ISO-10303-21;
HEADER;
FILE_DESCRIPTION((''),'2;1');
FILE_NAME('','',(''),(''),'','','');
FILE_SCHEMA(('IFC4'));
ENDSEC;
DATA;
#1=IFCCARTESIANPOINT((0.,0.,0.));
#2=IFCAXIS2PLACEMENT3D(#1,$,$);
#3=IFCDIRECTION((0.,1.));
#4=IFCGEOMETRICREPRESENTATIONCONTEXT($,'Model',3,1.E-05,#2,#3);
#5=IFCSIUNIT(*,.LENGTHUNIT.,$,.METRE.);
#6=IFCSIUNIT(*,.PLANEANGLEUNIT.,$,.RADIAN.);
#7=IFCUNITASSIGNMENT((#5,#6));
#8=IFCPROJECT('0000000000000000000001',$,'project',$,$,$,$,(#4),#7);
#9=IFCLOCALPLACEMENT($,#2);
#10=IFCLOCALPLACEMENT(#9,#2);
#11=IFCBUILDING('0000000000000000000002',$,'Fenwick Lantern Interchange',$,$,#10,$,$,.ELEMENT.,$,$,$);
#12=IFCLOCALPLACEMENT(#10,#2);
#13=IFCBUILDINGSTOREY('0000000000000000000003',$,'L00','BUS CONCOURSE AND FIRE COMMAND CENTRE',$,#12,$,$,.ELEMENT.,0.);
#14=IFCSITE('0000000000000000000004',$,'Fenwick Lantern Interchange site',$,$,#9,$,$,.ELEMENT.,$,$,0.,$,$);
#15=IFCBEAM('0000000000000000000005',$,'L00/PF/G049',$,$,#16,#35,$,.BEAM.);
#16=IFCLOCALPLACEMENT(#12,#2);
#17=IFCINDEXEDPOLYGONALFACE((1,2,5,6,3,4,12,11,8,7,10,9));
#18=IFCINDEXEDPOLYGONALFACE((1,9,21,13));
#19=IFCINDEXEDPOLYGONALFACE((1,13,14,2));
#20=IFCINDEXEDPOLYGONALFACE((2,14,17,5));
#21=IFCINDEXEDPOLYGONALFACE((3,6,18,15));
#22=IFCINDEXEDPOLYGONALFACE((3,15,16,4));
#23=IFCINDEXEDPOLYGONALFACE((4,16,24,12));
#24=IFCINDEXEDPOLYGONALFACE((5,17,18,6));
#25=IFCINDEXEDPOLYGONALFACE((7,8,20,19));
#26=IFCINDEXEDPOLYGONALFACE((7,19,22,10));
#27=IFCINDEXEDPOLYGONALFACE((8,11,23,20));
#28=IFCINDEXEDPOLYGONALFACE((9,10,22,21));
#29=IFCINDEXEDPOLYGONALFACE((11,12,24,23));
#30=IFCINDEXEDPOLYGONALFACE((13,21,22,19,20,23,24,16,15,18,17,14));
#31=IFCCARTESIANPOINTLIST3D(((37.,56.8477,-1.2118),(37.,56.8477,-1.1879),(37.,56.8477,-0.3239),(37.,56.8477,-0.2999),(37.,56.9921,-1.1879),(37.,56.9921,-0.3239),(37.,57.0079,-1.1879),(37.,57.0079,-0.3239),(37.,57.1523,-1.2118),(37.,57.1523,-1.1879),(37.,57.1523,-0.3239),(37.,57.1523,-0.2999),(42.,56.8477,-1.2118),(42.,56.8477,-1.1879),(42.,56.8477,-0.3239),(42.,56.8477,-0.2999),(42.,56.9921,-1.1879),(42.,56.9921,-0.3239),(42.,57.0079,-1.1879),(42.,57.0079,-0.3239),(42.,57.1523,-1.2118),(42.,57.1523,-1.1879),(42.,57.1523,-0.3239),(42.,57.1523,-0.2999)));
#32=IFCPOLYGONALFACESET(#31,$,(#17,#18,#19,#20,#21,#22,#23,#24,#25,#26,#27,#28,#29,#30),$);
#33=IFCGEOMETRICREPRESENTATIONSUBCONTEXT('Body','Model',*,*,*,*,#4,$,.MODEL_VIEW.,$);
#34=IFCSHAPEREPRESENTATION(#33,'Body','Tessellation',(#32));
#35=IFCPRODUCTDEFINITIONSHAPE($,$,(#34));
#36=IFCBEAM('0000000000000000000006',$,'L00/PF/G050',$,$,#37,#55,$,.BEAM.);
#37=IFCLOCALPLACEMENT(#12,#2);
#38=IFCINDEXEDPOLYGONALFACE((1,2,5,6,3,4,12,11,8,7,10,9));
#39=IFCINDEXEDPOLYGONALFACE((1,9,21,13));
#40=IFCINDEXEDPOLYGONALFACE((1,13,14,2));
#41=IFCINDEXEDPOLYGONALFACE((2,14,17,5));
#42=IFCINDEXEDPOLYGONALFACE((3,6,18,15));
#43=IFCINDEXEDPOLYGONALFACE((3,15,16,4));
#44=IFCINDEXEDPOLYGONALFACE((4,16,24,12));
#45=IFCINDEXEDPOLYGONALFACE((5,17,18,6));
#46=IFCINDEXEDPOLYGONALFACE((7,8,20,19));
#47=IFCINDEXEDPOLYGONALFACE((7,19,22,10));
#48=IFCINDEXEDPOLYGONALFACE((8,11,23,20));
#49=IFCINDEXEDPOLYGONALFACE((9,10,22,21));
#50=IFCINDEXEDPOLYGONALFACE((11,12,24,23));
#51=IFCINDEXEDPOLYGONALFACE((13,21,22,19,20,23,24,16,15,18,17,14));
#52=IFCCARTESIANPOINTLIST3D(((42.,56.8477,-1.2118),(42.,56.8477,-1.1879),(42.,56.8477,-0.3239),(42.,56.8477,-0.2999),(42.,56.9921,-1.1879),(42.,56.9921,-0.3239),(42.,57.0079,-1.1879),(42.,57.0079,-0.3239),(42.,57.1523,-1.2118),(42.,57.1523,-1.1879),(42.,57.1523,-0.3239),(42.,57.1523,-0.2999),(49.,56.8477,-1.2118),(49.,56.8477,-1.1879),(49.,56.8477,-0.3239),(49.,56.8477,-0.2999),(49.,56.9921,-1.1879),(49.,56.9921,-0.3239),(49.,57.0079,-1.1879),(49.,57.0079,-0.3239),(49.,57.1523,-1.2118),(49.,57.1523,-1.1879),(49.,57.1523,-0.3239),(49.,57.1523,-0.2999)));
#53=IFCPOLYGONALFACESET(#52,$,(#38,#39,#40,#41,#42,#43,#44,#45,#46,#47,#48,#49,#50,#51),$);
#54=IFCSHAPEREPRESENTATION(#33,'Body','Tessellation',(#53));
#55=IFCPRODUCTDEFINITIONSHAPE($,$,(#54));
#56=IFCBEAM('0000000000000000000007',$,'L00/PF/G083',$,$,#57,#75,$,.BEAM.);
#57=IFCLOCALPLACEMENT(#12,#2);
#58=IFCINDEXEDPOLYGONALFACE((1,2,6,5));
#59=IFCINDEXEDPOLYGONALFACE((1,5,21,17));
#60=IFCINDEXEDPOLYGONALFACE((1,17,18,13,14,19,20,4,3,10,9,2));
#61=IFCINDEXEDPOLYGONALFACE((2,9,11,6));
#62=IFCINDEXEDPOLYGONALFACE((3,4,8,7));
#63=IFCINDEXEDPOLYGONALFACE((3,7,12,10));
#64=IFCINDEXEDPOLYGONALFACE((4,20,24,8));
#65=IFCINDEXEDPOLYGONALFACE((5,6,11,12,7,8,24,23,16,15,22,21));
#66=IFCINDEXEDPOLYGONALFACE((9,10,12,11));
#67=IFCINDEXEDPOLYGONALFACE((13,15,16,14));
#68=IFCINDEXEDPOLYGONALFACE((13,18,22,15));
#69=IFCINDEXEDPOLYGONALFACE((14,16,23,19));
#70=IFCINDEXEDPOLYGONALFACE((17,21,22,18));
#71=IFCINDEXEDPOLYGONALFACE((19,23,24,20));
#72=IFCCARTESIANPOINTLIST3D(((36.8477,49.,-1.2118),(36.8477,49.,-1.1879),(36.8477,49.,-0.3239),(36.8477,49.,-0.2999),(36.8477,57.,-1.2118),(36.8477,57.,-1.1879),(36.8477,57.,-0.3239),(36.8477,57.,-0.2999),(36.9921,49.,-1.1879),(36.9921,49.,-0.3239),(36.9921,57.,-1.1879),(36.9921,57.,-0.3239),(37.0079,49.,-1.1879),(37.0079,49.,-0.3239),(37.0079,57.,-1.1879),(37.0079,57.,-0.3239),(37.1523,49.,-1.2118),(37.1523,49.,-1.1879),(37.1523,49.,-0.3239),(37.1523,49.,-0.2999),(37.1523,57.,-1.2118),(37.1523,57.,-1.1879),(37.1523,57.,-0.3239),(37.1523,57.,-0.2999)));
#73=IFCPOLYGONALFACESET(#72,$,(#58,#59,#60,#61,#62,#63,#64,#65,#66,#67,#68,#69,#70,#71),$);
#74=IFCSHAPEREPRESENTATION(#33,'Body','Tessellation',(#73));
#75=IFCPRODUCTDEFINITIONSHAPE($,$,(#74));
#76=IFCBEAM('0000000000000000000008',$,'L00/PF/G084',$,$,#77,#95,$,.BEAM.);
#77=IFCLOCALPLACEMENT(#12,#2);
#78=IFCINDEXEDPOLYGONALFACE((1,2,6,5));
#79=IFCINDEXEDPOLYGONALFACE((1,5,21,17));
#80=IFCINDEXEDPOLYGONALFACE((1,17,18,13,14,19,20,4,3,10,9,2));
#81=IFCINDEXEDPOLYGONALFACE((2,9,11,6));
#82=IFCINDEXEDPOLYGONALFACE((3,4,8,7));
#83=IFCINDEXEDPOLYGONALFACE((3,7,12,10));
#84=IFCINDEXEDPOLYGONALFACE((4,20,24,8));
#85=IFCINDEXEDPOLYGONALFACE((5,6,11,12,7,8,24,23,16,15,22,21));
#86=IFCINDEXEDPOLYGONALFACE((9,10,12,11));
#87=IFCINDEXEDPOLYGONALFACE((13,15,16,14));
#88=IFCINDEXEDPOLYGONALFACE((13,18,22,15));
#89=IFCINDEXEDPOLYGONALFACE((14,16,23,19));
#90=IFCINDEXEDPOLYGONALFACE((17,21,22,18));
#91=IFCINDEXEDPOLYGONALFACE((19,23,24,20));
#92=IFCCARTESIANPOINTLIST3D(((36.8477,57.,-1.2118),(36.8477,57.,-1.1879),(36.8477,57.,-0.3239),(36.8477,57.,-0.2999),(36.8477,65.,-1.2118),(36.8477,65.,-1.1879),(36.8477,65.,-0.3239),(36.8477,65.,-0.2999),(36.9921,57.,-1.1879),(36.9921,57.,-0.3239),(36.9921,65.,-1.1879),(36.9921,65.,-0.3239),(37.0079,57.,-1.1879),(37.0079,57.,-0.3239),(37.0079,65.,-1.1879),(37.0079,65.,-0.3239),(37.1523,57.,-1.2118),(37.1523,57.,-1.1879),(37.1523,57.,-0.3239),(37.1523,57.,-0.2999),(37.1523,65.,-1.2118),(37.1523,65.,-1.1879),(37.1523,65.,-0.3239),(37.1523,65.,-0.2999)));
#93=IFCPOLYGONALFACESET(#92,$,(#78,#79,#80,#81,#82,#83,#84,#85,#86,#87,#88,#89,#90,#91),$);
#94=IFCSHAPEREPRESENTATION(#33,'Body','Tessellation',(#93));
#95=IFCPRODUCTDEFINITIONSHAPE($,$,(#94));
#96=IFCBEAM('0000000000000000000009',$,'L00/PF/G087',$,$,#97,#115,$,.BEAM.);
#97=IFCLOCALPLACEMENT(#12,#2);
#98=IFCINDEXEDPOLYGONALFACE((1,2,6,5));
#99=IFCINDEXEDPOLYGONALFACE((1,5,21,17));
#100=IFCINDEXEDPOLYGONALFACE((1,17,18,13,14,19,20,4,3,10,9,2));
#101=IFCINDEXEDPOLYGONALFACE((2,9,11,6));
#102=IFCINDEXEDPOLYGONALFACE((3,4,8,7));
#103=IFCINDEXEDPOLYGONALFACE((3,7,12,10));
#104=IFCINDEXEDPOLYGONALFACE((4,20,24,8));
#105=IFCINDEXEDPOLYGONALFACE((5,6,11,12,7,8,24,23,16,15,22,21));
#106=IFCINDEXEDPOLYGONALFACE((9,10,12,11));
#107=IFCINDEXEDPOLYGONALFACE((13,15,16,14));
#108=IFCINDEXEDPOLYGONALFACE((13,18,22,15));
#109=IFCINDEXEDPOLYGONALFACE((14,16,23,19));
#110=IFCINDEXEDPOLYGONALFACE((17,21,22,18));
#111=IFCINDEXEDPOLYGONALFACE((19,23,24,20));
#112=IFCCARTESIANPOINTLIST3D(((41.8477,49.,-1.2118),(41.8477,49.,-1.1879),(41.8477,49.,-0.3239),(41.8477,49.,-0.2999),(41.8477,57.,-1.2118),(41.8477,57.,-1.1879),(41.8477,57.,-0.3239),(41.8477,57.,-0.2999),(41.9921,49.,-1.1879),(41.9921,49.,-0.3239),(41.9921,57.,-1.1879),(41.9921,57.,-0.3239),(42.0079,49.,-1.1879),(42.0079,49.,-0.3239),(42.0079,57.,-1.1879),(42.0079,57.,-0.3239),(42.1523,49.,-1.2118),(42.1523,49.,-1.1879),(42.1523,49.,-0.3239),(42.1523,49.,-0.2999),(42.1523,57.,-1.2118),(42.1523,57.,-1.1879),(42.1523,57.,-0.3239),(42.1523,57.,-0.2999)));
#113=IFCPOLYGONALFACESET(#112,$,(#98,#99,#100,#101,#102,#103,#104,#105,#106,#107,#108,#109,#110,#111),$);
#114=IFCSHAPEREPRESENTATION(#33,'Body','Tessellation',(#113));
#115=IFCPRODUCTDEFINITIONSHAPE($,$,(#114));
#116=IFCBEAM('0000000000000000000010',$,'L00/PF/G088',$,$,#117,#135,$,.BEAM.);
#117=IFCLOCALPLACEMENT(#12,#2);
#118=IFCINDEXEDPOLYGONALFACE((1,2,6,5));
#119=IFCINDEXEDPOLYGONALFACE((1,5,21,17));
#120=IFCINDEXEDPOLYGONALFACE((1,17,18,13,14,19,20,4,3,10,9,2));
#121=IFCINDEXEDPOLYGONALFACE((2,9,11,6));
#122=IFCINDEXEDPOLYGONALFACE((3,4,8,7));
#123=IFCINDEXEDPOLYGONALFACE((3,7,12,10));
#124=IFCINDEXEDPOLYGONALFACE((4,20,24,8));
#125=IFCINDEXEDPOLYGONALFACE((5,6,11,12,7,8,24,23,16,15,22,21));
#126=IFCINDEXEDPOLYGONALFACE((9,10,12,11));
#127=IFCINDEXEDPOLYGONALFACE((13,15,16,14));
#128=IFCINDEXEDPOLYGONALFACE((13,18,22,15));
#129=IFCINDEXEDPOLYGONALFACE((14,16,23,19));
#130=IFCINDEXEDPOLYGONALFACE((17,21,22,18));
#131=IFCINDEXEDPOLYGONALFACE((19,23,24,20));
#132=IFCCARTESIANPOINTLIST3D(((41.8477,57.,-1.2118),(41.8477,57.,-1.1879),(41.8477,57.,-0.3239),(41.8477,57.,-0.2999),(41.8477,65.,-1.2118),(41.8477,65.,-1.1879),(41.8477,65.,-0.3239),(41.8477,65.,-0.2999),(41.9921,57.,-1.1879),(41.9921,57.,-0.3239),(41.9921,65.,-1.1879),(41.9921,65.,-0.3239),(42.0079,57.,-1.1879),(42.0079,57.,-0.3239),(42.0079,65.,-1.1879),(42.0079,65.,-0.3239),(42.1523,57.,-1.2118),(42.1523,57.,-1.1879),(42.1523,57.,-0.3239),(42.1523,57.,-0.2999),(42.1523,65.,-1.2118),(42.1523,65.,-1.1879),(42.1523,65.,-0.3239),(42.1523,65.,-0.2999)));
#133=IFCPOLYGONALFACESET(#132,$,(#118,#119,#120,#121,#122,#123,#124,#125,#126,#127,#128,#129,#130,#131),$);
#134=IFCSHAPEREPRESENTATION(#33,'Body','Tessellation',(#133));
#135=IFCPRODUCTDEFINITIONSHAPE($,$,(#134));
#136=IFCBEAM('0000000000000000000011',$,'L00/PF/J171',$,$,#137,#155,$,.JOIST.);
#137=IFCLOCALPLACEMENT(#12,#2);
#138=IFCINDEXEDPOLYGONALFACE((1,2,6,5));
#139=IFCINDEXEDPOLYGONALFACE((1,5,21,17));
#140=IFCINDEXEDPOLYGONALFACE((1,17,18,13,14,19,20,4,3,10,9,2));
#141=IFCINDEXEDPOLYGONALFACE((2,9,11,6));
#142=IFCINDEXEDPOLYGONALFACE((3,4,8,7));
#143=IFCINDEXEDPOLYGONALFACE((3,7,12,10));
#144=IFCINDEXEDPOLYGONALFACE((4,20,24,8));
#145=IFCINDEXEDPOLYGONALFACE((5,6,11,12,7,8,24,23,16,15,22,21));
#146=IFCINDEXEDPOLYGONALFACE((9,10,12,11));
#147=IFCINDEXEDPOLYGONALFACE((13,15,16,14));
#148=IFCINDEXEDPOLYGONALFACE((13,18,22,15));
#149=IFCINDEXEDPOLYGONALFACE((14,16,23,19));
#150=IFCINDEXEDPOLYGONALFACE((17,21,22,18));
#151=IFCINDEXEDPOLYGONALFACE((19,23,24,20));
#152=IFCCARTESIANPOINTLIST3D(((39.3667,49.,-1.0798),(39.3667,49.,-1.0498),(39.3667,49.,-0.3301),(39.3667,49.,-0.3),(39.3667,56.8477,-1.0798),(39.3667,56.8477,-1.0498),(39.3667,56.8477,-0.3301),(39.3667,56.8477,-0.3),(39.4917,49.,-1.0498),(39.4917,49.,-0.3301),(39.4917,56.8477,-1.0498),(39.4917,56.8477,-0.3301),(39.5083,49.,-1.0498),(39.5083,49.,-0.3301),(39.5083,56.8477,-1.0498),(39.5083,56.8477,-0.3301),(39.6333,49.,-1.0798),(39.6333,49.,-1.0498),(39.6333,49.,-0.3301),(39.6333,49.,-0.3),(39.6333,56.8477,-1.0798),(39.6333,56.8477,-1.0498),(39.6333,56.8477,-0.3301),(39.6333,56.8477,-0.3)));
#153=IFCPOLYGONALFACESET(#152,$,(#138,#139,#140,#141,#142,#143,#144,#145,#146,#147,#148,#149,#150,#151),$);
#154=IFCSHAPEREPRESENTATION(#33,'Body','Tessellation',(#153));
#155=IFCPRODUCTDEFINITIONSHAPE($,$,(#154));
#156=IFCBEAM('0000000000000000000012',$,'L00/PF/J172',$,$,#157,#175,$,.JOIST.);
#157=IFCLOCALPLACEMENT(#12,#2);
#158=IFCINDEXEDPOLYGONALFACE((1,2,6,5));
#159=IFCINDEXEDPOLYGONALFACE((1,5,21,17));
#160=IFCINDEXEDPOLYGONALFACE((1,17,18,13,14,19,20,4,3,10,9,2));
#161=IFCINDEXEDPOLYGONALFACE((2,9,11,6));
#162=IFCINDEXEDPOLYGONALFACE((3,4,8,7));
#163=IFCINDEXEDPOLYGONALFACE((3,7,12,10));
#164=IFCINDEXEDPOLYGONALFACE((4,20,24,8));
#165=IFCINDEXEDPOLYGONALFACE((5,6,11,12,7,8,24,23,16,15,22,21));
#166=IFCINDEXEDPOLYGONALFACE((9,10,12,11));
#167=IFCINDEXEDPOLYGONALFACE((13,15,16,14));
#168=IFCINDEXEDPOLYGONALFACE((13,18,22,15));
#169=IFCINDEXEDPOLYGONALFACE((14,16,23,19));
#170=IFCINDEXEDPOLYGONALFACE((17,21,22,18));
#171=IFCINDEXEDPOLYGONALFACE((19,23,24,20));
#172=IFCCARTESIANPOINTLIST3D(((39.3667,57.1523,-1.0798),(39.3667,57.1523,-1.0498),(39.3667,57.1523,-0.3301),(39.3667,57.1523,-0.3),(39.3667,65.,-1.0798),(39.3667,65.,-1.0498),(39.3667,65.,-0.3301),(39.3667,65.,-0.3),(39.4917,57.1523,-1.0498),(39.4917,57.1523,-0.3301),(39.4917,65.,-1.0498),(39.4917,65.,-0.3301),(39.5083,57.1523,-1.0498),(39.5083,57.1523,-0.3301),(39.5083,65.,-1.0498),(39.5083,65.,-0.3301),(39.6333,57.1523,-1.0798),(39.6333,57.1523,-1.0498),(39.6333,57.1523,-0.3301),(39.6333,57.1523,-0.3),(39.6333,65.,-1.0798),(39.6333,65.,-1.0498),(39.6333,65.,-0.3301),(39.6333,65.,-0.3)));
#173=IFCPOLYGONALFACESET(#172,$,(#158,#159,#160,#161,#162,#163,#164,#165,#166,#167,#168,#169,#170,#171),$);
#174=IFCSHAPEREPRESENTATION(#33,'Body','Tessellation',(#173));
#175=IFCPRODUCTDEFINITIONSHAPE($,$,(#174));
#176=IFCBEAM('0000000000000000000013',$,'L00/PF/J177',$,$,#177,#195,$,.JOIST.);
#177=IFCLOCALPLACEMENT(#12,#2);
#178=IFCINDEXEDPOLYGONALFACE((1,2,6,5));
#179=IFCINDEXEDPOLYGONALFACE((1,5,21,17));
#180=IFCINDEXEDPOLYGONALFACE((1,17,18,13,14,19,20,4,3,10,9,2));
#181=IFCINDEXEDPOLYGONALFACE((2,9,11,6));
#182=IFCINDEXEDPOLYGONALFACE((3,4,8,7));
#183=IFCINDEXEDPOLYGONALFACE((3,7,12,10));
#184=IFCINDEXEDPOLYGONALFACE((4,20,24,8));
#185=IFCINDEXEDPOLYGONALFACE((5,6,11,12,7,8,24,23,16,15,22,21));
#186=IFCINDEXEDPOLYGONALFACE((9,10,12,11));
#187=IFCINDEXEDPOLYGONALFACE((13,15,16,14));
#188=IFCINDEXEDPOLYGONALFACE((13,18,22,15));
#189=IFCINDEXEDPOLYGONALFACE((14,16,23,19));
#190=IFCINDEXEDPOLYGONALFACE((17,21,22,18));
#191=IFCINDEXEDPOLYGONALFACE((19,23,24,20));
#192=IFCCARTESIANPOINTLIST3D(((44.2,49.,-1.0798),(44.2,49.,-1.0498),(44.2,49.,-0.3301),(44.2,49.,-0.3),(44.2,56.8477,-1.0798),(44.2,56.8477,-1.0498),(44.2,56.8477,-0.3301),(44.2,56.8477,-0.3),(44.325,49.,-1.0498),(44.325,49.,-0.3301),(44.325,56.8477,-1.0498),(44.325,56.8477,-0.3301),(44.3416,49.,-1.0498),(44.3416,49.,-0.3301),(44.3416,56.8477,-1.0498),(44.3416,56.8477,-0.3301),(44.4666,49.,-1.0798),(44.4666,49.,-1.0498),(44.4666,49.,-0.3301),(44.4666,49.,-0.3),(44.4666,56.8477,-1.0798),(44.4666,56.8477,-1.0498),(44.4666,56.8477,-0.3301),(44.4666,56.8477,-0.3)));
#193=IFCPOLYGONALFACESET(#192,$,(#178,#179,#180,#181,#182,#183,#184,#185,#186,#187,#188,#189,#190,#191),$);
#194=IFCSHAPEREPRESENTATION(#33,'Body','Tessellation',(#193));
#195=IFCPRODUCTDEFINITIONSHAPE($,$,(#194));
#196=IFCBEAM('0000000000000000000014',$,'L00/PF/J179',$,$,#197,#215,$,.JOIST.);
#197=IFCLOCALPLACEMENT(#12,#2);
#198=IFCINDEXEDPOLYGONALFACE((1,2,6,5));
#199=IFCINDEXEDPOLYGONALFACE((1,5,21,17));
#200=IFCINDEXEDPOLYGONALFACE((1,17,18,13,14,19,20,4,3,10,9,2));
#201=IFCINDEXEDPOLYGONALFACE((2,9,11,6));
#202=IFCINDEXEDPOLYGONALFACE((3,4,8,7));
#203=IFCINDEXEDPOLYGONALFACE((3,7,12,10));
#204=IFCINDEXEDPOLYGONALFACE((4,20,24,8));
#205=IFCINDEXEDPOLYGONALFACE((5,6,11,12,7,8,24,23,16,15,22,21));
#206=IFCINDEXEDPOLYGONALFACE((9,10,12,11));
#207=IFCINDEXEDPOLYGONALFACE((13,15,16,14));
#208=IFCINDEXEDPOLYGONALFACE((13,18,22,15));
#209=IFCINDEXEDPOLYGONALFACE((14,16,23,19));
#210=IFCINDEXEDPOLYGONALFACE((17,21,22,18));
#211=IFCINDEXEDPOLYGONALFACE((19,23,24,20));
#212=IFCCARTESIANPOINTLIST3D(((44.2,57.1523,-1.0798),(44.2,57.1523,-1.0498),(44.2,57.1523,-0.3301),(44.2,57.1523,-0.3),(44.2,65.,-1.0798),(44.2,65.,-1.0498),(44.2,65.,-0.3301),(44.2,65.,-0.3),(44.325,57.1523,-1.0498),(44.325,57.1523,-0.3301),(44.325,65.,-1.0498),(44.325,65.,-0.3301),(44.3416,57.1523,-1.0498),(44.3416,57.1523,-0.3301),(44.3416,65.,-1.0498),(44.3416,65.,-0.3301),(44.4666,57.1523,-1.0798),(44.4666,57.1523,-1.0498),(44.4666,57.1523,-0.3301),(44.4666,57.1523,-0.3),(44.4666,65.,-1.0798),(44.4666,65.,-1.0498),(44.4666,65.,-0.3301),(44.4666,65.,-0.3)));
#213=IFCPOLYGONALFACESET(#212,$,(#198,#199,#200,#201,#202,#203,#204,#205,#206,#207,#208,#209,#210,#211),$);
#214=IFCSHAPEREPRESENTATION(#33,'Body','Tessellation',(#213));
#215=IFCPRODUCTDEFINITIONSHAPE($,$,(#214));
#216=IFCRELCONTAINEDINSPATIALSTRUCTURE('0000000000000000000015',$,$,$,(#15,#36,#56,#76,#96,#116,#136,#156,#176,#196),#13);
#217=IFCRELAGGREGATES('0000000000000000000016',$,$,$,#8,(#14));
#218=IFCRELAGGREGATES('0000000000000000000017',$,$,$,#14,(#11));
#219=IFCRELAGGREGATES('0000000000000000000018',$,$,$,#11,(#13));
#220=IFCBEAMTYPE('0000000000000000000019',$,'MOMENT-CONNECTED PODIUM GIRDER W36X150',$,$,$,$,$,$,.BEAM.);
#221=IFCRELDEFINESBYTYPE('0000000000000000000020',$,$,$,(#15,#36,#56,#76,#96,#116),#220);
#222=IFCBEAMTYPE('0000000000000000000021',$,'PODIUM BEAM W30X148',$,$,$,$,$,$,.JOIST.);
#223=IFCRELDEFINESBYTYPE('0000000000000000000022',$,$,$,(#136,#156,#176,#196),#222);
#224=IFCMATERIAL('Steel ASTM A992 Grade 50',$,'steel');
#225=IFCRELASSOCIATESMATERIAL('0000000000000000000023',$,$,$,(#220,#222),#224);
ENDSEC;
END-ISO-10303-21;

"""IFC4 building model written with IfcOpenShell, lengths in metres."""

from ifc_helpers import new_model, si_unit, direction, frame, origin, origin_2d, place, context, subcontext, project, spatial, i_section, extrude, material, material_profile, profile_set, type_object, element, save


model = new_model("IFC4")

# Units and contexts
model_context = context("Model", 3, precision=1e-05, world=origin(), true_north=direction((0.0, 1.0)))
body_context = subcontext(model_context, "Body", "Model", "MODEL_VIEW")
ifc_project = project(units=[si_unit("LENGTHUNIT", "METRE"), si_unit("PLANEANGLEUNIT", "RADIAN")], contexts=[model_context])

# Site, building, storey
site_placement = place(None, origin())
site = spatial("IfcSite", under=ifc_project, at=site_placement, Name="Fenwick Lantern Interchange site", CompositionType="ELEMENT", RefElevation=0.0)
building_placement = place(site_placement, origin())
building = spatial("IfcBuilding", under=site, at=building_placement, Name="Fenwick Lantern Interchange", CompositionType="ELEMENT")
storey_placement = place(building_placement, origin())
storey = spatial("IfcBuildingStorey", under=building, at=storey_placement, Name="L00", Description="BUS CONCOURSE AND FIRE COMMAND CENTRE", CompositionType="ELEMENT", Elevation=0.0)

# Shared definitions
ifc_material_1 = material(Name="Steel ASTM A992 Grade 50", Category="steel")

# Beams
ifc_material_profile_1 = material_profile(ifc_material_1, i_section(OverallWidth=0.3047, OverallDepth=0.9119, WebThickness=0.0159, FlangeThickness=0.0239, at=origin_2d()), Name="W36X150")
ifc_profile_set_1 = profile_set([ifc_material_profile_1], Name="Steel ASTM A992 Grade 50")
beam_type_1 = type_object("IfcBeamType", Name="MOMENT-CONNECTED PODIUM GIRDER W36X150", PredefinedType="BEAM", material=ifc_profile_set_1)
beam_1_placement = place(storey_placement, frame((37.0, 57.0, -0.7559), z_axis=(1.0, 0.0, 0.0), x_axis=(0.0, 1.0, 0.0)))
element("IfcBeam", 1, at=beam_1_placement, inside=storey, type_object=beam_type_1, Name="L00/PF/G049", PredefinedType="BEAM", context=body_context, shape_type="SweptSolid", body=[
    extrude(i_section(OverallWidth=0.3047, OverallDepth=0.9119, WebThickness=0.0159, FlangeThickness=0.0239, at=origin_2d()), origin(), (0.0, 0.0, 1.0), 5.0),
])
beam_2_placement = place(storey_placement, frame((42.0, 57.0, -0.7559), z_axis=(1.0, 0.0, 0.0), x_axis=(0.0, 1.0, 0.0)))
element("IfcBeam", 2, at=beam_2_placement, inside=storey, type_object=beam_type_1, Name="L00/PF/G050", PredefinedType="BEAM", context=body_context, shape_type="SweptSolid", body=[
    extrude(i_section(OverallWidth=0.3047, OverallDepth=0.9119, WebThickness=0.0159, FlangeThickness=0.0239, at=origin_2d()), origin(), (0.0, 0.0, 1.0), 7.0),
])
for number, where, z_axis, x_axis, name in (
    (3, (37.0, 49.0, -0.7559), (0.0, 1.0, 0.0), (-1.0, 0.0, 0.0), "L00/PF/G083"),
    (4, (37.0, 57.0, -0.7559), (0.0, 1.0, 0.0), (-1.0, 0.0, 0.0), "L00/PF/G084"),
    (5, (42.0, 49.0, -0.7559), (0.0, 1.0, 0.0), (-1.0, 0.0, 0.0), "L00/PF/G087"),
    (6, (42.0, 57.0, -0.7559), (0.0, 1.0, 0.0), (-1.0, 0.0, 0.0), "L00/PF/G088"),
):
    element("IfcBeam", number, at=place(storey_placement, frame(where, z_axis=z_axis, x_axis=x_axis)), inside=storey, type_object=beam_type_1, Name=name, PredefinedType="BEAM", context=body_context, shape_type="SweptSolid", body=[
        extrude(i_section(OverallWidth=0.3047, OverallDepth=0.9119, WebThickness=0.0159, FlangeThickness=0.0239, at=origin_2d()), origin(), (0.0, 0.0, 1.0), 8.0),
    ])
ifc_material_profile_2 = material_profile(ifc_material_1, i_section(OverallWidth=0.2666, OverallDepth=0.7798, WebThickness=0.0166, FlangeThickness=0.03, at=origin_2d()), Name="W30X148")
ifc_profile_set_2 = profile_set([ifc_material_profile_2], Name="Steel ASTM A992 Grade 50")
beam_type_2 = type_object("IfcBeamType", Name="PODIUM BEAM W30X148", PredefinedType="JOIST", material=ifc_profile_set_2)
for number, where, z_axis, x_axis, name in (
    (7, (39.5, 49.0, -0.6899), (0.0, 1.0, 0.0), (-1.0, 0.0, 0.0), "L00/PF/J171"),
    (8, (39.5, 57.1523, -0.6899), (0.0, 1.0, 0.0), (-1.0, 0.0, 0.0), "L00/PF/J172"),
    (9, (44.3333, 49.0, -0.6899), (0.0, 1.0, 0.0), (-1.0, 0.0, 0.0), "L00/PF/J177"),
    (10, (44.3333, 57.1523, -0.6899), (0.0, 1.0, 0.0), (-1.0, 0.0, 0.0), "L00/PF/J179"),
):
    element("IfcBeam", number, at=place(storey_placement, frame(where, z_axis=z_axis, x_axis=x_axis)), inside=storey, type_object=beam_type_2, Name=name, PredefinedType="JOIST", context=body_context, shape_type="SweptSolid", body=[
        extrude(i_section(OverallWidth=0.2666, OverallDepth=0.7798, WebThickness=0.0166, FlangeThickness=0.03, at=origin_2d()), origin(), (0.0, 0.0, 1.0), 7.8477),
    ])

save(model, "model.ifc")
